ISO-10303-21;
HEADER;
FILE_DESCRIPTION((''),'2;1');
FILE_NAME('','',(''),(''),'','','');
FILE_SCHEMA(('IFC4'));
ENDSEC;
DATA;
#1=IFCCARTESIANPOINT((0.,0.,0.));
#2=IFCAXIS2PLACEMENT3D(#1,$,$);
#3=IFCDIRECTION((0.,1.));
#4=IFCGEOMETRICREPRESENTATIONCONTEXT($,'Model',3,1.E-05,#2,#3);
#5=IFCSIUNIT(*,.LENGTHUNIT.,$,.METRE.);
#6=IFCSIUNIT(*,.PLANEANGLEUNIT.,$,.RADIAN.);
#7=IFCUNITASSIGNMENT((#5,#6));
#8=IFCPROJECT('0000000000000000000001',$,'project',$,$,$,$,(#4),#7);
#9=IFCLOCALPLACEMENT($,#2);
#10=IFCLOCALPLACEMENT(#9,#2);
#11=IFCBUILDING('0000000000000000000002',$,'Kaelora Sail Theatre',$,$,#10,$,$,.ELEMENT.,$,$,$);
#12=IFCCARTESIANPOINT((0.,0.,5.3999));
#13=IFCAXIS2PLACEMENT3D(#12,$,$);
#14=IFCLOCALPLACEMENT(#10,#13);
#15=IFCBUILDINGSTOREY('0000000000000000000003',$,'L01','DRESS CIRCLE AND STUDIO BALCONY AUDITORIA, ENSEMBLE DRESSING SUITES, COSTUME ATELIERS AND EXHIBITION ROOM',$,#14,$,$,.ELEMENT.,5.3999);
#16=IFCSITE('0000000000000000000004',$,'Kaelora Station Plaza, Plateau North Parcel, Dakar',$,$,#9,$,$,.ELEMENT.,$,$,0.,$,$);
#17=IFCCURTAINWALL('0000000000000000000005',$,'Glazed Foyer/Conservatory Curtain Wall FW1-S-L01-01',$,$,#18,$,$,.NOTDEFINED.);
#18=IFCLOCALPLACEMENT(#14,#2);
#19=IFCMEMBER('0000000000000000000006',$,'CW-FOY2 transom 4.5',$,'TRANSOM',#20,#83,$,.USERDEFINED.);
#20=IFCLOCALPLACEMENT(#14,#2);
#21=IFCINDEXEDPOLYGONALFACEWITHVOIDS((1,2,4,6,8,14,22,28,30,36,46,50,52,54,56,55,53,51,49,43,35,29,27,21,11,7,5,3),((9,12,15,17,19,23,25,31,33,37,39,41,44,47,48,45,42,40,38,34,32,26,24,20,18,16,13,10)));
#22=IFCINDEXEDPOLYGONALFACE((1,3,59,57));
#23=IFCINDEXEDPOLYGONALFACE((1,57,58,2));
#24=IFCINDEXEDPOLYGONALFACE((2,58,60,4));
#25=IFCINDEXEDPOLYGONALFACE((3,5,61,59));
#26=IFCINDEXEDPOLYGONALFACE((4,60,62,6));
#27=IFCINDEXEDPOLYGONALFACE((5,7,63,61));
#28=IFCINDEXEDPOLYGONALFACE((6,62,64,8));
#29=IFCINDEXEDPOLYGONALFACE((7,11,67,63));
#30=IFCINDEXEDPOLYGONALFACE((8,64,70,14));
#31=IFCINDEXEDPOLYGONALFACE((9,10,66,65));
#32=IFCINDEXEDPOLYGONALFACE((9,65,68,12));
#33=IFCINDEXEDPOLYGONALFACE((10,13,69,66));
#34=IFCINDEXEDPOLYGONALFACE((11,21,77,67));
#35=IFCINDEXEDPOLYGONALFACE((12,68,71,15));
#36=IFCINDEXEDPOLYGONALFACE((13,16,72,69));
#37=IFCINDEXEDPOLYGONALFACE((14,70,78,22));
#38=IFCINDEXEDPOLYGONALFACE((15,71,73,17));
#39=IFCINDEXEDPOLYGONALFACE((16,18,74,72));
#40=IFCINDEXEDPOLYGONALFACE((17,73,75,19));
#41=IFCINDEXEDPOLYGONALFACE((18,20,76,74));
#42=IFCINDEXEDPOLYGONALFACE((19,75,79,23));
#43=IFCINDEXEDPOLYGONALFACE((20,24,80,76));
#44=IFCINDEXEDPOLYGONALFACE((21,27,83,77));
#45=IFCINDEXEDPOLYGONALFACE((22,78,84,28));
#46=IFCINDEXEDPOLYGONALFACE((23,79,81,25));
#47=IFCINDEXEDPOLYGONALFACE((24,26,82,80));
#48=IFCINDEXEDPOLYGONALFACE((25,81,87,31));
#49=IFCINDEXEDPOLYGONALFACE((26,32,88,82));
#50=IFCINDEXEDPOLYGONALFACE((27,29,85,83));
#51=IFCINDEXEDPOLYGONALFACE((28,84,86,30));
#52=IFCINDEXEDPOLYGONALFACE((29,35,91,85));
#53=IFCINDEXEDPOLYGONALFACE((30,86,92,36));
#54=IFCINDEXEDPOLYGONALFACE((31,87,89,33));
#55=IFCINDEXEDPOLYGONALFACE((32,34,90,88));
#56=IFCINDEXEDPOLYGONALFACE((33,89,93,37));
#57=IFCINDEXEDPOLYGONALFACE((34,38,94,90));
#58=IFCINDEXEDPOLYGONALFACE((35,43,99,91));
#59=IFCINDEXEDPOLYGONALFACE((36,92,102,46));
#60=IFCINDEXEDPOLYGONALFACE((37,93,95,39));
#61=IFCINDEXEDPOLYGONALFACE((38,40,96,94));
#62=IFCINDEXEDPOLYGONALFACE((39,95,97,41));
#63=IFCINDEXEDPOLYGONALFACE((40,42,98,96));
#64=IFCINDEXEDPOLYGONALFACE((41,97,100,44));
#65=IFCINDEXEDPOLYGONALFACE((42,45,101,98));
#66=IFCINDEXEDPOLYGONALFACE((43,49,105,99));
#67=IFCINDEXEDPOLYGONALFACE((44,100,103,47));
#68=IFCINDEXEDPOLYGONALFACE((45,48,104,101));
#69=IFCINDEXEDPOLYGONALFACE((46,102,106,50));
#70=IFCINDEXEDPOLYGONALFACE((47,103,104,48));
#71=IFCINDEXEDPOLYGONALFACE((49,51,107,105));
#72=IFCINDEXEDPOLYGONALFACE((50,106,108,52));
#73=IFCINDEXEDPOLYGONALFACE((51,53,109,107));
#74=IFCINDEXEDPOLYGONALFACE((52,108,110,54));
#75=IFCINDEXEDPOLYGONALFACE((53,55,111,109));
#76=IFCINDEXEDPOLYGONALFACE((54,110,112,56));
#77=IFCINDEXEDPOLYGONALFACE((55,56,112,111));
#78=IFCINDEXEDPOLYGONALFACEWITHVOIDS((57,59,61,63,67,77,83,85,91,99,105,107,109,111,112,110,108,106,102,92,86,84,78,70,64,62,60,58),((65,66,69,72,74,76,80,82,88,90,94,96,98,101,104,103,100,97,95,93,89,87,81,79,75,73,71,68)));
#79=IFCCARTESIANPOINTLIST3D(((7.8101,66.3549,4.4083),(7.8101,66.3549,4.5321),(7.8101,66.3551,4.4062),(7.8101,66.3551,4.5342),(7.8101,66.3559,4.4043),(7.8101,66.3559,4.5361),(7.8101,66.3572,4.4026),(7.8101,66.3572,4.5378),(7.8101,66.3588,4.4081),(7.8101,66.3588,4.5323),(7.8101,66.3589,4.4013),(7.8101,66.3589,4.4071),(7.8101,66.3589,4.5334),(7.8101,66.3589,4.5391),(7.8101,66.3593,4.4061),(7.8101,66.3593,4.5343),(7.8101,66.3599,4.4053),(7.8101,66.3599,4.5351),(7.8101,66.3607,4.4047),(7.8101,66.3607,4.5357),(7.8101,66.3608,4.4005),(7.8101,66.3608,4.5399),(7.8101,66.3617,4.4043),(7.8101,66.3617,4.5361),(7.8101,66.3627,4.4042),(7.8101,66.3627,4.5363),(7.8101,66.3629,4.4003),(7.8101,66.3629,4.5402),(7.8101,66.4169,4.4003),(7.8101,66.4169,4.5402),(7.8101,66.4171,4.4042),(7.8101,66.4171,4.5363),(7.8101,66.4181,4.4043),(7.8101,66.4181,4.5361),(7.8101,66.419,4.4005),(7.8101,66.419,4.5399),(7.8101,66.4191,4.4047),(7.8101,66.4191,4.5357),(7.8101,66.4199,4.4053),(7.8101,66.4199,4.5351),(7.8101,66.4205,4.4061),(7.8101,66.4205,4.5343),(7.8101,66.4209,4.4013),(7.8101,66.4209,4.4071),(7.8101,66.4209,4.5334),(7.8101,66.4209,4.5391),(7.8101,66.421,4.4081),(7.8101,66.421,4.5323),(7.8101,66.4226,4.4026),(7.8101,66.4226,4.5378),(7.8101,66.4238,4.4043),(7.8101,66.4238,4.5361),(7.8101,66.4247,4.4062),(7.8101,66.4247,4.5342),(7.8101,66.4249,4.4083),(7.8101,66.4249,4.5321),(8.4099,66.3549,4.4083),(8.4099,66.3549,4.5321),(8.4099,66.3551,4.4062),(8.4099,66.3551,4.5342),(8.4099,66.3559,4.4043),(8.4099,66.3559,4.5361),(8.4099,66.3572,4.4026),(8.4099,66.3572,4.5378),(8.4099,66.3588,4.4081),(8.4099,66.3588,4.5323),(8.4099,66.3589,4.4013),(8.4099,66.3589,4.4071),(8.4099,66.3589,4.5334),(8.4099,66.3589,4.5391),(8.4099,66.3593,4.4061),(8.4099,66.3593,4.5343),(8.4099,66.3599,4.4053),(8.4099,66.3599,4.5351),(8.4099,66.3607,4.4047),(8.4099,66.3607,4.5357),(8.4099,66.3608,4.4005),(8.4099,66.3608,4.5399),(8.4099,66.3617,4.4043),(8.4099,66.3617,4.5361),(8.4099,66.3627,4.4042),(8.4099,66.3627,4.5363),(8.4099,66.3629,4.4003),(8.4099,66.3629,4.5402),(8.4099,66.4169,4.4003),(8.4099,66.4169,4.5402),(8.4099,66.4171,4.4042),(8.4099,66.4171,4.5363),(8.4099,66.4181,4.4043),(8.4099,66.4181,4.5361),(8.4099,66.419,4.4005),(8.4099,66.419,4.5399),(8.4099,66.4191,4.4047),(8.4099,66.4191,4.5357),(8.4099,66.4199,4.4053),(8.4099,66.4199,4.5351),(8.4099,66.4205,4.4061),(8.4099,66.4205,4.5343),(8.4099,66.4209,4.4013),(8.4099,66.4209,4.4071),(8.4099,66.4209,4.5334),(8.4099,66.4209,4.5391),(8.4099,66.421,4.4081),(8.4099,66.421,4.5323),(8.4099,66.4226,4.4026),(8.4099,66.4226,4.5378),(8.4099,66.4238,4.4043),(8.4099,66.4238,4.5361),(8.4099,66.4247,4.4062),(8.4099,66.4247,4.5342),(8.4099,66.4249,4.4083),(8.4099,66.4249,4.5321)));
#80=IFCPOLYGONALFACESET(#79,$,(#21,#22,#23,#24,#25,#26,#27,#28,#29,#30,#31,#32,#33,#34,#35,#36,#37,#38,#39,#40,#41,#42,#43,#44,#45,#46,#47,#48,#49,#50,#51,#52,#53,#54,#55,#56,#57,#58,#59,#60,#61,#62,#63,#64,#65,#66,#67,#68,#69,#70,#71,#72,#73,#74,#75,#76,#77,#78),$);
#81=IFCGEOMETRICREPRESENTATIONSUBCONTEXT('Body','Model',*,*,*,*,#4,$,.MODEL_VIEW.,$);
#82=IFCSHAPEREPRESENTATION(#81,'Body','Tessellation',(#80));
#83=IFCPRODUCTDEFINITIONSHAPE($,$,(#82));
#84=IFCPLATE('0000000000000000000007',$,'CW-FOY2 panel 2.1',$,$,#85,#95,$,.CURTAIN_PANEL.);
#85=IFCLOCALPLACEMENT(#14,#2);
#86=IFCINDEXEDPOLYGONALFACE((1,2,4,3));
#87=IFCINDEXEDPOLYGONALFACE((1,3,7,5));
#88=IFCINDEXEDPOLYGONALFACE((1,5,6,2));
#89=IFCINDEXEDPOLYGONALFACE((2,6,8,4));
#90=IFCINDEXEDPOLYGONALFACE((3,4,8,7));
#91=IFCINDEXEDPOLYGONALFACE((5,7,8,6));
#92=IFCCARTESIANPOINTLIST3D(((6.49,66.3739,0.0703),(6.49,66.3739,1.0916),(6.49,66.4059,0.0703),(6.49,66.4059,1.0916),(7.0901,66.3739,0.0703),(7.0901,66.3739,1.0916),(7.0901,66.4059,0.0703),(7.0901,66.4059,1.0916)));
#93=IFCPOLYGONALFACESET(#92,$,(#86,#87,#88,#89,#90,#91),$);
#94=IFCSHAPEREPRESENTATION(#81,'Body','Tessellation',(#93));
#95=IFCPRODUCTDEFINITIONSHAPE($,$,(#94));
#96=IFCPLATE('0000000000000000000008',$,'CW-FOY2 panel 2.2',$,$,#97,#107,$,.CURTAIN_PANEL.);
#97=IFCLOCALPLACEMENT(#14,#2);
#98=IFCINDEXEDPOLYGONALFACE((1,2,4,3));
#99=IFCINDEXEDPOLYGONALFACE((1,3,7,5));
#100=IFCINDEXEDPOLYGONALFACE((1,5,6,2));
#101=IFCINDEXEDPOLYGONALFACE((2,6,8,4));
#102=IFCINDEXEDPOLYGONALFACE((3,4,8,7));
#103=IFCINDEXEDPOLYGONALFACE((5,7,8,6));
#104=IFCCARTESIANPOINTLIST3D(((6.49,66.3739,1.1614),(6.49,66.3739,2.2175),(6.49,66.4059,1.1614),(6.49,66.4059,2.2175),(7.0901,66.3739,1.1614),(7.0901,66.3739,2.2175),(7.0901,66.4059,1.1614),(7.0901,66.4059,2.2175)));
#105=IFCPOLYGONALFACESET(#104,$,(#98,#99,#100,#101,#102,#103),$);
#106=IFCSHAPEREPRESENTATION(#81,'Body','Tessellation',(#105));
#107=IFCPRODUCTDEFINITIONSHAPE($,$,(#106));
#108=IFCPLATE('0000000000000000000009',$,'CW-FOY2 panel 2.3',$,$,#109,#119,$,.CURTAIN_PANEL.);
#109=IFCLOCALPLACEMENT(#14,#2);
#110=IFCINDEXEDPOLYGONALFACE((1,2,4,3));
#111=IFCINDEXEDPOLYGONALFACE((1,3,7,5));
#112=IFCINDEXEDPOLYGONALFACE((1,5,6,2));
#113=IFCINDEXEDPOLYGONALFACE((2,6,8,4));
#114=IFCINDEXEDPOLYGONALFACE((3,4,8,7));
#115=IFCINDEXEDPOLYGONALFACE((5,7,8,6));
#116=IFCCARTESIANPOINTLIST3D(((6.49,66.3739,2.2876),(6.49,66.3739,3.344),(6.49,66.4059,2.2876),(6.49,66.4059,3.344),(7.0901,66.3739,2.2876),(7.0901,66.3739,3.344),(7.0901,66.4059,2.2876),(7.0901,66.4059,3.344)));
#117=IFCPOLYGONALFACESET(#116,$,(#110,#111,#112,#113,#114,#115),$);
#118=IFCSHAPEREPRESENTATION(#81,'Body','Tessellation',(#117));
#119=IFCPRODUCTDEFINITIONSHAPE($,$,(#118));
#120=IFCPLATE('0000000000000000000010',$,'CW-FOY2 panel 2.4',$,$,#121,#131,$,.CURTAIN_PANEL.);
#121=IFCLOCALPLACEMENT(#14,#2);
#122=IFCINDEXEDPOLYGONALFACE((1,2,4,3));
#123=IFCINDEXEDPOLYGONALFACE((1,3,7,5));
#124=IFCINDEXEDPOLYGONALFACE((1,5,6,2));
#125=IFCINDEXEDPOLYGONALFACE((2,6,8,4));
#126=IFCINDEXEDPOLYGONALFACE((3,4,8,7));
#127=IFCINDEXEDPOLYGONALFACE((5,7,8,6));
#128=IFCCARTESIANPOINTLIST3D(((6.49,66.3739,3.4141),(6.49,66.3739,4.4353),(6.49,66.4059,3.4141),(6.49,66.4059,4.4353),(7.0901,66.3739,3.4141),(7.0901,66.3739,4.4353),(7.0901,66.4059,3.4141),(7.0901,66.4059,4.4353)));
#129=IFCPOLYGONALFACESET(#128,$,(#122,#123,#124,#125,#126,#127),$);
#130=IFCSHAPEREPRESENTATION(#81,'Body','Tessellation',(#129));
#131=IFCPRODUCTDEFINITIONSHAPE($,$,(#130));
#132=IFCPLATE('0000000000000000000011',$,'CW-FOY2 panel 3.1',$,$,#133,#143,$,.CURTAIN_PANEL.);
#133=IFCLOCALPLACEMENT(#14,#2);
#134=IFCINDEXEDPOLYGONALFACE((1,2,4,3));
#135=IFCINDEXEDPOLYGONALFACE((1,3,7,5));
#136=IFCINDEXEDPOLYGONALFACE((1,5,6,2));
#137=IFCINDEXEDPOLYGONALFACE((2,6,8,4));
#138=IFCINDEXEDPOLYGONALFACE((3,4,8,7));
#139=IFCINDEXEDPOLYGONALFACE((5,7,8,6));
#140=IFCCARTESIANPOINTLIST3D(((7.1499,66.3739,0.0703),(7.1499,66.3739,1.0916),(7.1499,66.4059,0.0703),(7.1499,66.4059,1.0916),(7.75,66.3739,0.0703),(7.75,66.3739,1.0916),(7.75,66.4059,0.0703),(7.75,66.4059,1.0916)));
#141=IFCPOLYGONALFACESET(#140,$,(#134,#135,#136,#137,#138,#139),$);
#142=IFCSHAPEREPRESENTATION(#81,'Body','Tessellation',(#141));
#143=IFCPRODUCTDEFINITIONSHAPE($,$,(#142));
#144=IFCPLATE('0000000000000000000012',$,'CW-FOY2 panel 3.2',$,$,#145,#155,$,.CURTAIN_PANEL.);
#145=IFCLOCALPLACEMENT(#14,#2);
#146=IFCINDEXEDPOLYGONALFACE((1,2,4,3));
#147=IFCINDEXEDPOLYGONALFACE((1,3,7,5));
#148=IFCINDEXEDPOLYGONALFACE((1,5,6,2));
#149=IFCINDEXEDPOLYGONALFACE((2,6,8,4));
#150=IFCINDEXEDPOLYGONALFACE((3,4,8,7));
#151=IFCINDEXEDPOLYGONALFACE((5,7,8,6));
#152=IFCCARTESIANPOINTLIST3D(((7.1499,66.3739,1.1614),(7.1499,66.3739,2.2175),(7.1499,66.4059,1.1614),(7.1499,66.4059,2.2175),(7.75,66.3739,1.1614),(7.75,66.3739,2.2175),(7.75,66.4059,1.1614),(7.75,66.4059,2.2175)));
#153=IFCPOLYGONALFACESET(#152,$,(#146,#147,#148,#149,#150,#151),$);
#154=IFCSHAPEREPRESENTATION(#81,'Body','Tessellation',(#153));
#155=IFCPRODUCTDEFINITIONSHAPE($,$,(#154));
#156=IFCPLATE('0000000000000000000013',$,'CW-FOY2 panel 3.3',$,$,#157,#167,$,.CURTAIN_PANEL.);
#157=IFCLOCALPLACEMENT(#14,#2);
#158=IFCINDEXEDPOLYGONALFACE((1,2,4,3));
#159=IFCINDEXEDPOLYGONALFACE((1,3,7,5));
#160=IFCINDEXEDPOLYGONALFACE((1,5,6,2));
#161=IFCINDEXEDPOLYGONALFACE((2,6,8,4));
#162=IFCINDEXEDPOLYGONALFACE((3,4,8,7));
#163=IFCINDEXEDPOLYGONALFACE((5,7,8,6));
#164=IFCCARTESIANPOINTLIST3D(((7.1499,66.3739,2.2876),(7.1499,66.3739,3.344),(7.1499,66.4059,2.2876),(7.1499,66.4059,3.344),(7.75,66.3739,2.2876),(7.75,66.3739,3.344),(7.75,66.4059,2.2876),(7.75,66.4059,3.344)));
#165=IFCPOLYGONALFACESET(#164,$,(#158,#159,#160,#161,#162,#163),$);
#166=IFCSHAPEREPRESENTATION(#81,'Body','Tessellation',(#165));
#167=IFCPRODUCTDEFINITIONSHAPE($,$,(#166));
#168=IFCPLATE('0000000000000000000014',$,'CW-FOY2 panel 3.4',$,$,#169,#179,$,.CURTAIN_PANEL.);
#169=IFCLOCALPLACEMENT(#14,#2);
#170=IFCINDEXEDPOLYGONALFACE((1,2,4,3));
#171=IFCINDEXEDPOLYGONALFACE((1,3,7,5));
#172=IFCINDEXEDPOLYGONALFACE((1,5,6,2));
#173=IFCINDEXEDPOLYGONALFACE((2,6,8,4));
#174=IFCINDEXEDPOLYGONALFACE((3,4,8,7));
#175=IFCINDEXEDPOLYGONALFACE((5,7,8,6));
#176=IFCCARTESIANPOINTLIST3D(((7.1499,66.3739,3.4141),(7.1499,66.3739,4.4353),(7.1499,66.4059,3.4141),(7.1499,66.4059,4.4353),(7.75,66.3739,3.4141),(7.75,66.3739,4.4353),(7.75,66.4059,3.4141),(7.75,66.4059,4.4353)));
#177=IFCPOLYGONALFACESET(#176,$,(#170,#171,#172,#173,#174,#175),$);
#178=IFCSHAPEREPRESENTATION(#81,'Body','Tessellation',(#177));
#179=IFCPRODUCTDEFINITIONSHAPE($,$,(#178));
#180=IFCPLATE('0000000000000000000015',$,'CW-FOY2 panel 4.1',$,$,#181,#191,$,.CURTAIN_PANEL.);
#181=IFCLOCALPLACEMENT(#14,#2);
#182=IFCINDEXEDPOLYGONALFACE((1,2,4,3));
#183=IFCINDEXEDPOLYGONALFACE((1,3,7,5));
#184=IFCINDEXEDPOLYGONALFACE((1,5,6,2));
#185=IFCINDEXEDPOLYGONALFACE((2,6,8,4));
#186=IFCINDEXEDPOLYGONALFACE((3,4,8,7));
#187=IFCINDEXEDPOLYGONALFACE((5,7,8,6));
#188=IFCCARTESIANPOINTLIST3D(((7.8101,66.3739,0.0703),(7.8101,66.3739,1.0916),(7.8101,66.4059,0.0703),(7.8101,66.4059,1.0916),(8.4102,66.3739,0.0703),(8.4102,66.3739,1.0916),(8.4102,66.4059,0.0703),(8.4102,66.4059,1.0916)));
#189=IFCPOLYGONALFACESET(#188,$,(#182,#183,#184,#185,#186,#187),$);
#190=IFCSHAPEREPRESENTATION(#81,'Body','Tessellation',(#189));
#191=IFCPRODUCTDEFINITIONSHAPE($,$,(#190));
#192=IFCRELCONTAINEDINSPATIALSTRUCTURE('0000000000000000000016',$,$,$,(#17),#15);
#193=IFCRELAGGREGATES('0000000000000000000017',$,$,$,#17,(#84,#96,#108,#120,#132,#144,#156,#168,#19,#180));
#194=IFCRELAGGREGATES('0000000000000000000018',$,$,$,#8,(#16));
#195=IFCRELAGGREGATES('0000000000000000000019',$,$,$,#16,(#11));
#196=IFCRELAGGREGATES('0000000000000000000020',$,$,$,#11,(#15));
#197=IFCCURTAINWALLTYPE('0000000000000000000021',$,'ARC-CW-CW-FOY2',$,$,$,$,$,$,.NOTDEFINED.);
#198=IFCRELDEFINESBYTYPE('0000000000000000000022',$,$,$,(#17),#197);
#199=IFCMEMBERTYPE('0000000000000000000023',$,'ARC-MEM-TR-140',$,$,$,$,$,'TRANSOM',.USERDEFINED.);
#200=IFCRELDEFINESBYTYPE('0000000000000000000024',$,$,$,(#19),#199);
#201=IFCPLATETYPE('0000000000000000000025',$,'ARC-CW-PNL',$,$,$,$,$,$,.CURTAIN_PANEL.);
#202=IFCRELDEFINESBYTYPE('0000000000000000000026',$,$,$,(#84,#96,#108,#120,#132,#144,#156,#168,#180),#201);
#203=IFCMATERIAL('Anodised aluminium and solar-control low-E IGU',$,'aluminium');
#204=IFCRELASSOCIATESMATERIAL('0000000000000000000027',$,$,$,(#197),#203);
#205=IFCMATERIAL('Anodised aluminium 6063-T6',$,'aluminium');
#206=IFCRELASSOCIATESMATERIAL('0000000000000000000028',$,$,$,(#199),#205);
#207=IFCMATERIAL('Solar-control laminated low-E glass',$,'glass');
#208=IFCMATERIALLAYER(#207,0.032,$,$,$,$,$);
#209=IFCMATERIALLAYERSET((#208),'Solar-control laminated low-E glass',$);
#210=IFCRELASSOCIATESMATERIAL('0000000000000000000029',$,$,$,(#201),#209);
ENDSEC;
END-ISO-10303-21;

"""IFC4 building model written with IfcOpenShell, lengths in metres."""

from ifc_helpers import new_model, si_unit, direction, frame, origin, origin_2d, place, context, subcontext, project, spatial, rectangle, hollow_rectangle, extrude, material, layer, layer_set, material_profile, profile_set, type_object, element, aggregate, save


model = new_model("IFC4")

# Units and contexts
model_context = context("Model", 3, precision=1e-05, world=origin(), true_north=direction((0.0, 1.0)))
body_context = subcontext(model_context, "Body", "Model", "MODEL_VIEW")
ifc_project = project(units=[si_unit("LENGTHUNIT", "METRE"), si_unit("PLANEANGLEUNIT", "RADIAN")], contexts=[model_context])

# Site, building, storey
site_placement = place(None, origin())
site = spatial("IfcSite", under=ifc_project, at=site_placement, Name="Kaelora Station Plaza, Plateau North Parcel, Dakar", CompositionType="ELEMENT", RefElevation=0.0)
building_placement = place(site_placement, origin())
building = spatial("IfcBuilding", under=site, at=building_placement, Name="Kaelora Sail Theatre", CompositionType="ELEMENT")
storey_placement = place(building_placement, frame((0.0, 0.0, 5.3999)))
storey = spatial("IfcBuildingStorey", under=building, at=storey_placement, Name="L01", Description="DRESS CIRCLE AND STUDIO BALCONY AUDITORIA, ENSEMBLE DRESSING SUITES, COSTUME ATELIERS AND EXHIBITION ROOM", CompositionType="ELEMENT", Elevation=5.3999)

# Curtain wall, member, plates
ifc_material_1 = material(Name="Anodised aluminium and solar-control low-E IGU", Category="aluminium")
curtain_wall_type = type_object("IfcCurtainWallType", Name="ARC-CW-CW-FOY2", PredefinedType="NOTDEFINED", material=ifc_material_1)
curtain_wall_placement = place(storey_placement, origin())
curtain_wall = element("IfcCurtainWall", 1, at=curtain_wall_placement, inside=storey, type_object=curtain_wall_type, Name="Glazed Foyer/Conservatory Curtain Wall FW1-S-L01-01", PredefinedType="NOTDEFINED")
ifc_material_2 = material(Name="Anodised aluminium 6063-T6", Category="aluminium")
ifc_material_profile_1 = material_profile(ifc_material_2, hollow_rectangle(XDim=0.0701, YDim=0.1399, WallThickness=0.0039, InnerFilletRadius=0.0039, OuterFilletRadius=0.0081, at=origin_2d()), Name="ALU-TRAN 70x140x4")
ifc_profile_set_1 = profile_set([ifc_material_profile_1], Name="Anodised aluminium 6063-T6")
member_type_1 = type_object("IfcMemberType", Name="ARC-MEM-TR-140", ElementType="TRANSOM", PredefinedType="USERDEFINED", material=ifc_profile_set_1)
member_1_placement = place(storey_placement, frame((7.8101, 66.3899, 4.4702), z_axis=(1.0, 0.0, 0.0), x_axis=(0.0, 1.0, 0.0)))
member_1 = element("IfcMember", 2, at=member_1_placement, type_object=member_type_1, Name="CW-FOY2 transom 4.5", ObjectType="TRANSOM", PredefinedType="USERDEFINED", context=body_context, shape_type="SweptSolid", body=[
    extrude(hollow_rectangle(XDim=0.0701, YDim=0.1399, WallThickness=0.0039, InnerFilletRadius=0.0039, OuterFilletRadius=0.0081, at=origin_2d()), origin(), (0.0, 0.0, 1.0), 0.5999),
])
ifc_material_3 = material(Name="Solar-control laminated low-E glass", Category="glass")
ifc_layer = layer(ifc_material_3, 0.032)
ifc_layer_set = layer_set([ifc_layer], Name="Solar-control laminated low-E glass")
plate_type = type_object("IfcPlateType", Name="ARC-CW-PNL", PredefinedType="CURTAIN_PANEL", material=ifc_layer_set)
plate_1_placement = place(storey_placement, frame((6.79, 66.3899, 0.0703), z_axis=(0.0, 0.0, 1.0), x_axis=(1.0, 0.0, 0.0)))
plate_1 = element("IfcPlate", 3, at=plate_1_placement, type_object=plate_type, Name="CW-FOY2 panel 2.1", PredefinedType="CURTAIN_PANEL", context=body_context, shape_type="SweptSolid", body=[
    extrude(rectangle(XDim=0.6001, YDim=0.032, at=origin_2d()), origin(), (0.0, 0.0, 1.0), 1.0212),
])
plate_2_placement = place(storey_placement, frame((6.79, 66.3899, 1.1614), z_axis=(0.0, 0.0, 1.0), x_axis=(1.0, 0.0, 0.0)))
plate_2 = element("IfcPlate", 4, at=plate_2_placement, type_object=plate_type, Name="CW-FOY2 panel 2.2", PredefinedType="CURTAIN_PANEL", context=body_context, shape_type="SweptSolid", body=[
    extrude(rectangle(XDim=0.6001, YDim=0.032, at=origin_2d()), origin(), (0.0, 0.0, 1.0), 1.0562),
])
plate_3_placement = place(storey_placement, frame((6.79, 66.3899, 2.2876), z_axis=(0.0, 0.0, 1.0), x_axis=(1.0, 0.0, 0.0)))
plate_3 = element("IfcPlate", 5, at=plate_3_placement, type_object=plate_type, Name="CW-FOY2 panel 2.3", PredefinedType="CURTAIN_PANEL", context=body_context, shape_type="SweptSolid", body=[
    extrude(rectangle(XDim=0.6001, YDim=0.032, at=origin_2d()), origin(), (0.0, 0.0, 1.0), 1.0564),
])
plate_4_placement = place(storey_placement, frame((6.79, 66.3899, 3.4141), z_axis=(0.0, 0.0, 1.0), x_axis=(1.0, 0.0, 0.0)))
plate_4 = element("IfcPlate", 6, at=plate_4_placement, type_object=plate_type, Name="CW-FOY2 panel 2.4", PredefinedType="CURTAIN_PANEL", context=body_context, shape_type="SweptSolid", body=[
    extrude(rectangle(XDim=0.6001, YDim=0.032, at=origin_2d()), origin(), (0.0, 0.0, 1.0), 1.0212),
])
plate_5_placement = place(storey_placement, frame((7.45, 66.3899, 0.0703), z_axis=(0.0, 0.0, 1.0), x_axis=(1.0, 0.0, 0.0)))
plate_5 = element("IfcPlate", 7, at=plate_5_placement, type_object=plate_type, Name="CW-FOY2 panel 3.1", PredefinedType="CURTAIN_PANEL", context=body_context, shape_type="SweptSolid", body=[
    extrude(rectangle(XDim=0.6001, YDim=0.032, at=origin_2d()), origin(), (0.0, 0.0, 1.0), 1.0212),
])
plate_6_placement = place(storey_placement, frame((7.45, 66.3899, 1.1614), z_axis=(0.0, 0.0, 1.0), x_axis=(1.0, 0.0, 0.0)))
plate_6 = element("IfcPlate", 8, at=plate_6_placement, type_object=plate_type, Name="CW-FOY2 panel 3.2", PredefinedType="CURTAIN_PANEL", context=body_context, shape_type="SweptSolid", body=[
    extrude(rectangle(XDim=0.6001, YDim=0.032, at=origin_2d()), origin(), (0.0, 0.0, 1.0), 1.0562),
])
plate_7_placement = place(storey_placement, frame((7.45, 66.3899, 2.2876), z_axis=(0.0, 0.0, 1.0), x_axis=(1.0, 0.0, 0.0)))
plate_7 = element("IfcPlate", 9, at=plate_7_placement, type_object=plate_type, Name="CW-FOY2 panel 3.3", PredefinedType="CURTAIN_PANEL", context=body_context, shape_type="SweptSolid", body=[
    extrude(rectangle(XDim=0.6001, YDim=0.032, at=origin_2d()), origin(), (0.0, 0.0, 1.0), 1.0564),
])
plate_8_placement = place(storey_placement, frame((7.45, 66.3899, 3.4141), z_axis=(0.0, 0.0, 1.0), x_axis=(1.0, 0.0, 0.0)))
plate_8 = element("IfcPlate", 10, at=plate_8_placement, type_object=plate_type, Name="CW-FOY2 panel 3.4", PredefinedType="CURTAIN_PANEL", context=body_context, shape_type="SweptSolid", body=[
    extrude(rectangle(XDim=0.6001, YDim=0.032, at=origin_2d()), origin(), (0.0, 0.0, 1.0), 1.0212),
])
plate_9_placement = place(storey_placement, frame((8.1101, 66.3899, 0.0703), z_axis=(0.0, 0.0, 1.0), x_axis=(1.0, 0.0, 0.0)))
plate_9 = element("IfcPlate", 11, at=plate_9_placement, type_object=plate_type, Name="CW-FOY2 panel 4.1", PredefinedType="CURTAIN_PANEL", context=body_context, shape_type="SweptSolid", body=[
    extrude(rectangle(XDim=0.6001, YDim=0.032, at=origin_2d()), origin(), (0.0, 0.0, 1.0), 1.0212),
])
aggregate(curtain_wall, [plate_1, plate_2, plate_3, plate_4, plate_5, plate_6, plate_7, plate_8, member_1, plate_9])

save(model, "model.ifc")
